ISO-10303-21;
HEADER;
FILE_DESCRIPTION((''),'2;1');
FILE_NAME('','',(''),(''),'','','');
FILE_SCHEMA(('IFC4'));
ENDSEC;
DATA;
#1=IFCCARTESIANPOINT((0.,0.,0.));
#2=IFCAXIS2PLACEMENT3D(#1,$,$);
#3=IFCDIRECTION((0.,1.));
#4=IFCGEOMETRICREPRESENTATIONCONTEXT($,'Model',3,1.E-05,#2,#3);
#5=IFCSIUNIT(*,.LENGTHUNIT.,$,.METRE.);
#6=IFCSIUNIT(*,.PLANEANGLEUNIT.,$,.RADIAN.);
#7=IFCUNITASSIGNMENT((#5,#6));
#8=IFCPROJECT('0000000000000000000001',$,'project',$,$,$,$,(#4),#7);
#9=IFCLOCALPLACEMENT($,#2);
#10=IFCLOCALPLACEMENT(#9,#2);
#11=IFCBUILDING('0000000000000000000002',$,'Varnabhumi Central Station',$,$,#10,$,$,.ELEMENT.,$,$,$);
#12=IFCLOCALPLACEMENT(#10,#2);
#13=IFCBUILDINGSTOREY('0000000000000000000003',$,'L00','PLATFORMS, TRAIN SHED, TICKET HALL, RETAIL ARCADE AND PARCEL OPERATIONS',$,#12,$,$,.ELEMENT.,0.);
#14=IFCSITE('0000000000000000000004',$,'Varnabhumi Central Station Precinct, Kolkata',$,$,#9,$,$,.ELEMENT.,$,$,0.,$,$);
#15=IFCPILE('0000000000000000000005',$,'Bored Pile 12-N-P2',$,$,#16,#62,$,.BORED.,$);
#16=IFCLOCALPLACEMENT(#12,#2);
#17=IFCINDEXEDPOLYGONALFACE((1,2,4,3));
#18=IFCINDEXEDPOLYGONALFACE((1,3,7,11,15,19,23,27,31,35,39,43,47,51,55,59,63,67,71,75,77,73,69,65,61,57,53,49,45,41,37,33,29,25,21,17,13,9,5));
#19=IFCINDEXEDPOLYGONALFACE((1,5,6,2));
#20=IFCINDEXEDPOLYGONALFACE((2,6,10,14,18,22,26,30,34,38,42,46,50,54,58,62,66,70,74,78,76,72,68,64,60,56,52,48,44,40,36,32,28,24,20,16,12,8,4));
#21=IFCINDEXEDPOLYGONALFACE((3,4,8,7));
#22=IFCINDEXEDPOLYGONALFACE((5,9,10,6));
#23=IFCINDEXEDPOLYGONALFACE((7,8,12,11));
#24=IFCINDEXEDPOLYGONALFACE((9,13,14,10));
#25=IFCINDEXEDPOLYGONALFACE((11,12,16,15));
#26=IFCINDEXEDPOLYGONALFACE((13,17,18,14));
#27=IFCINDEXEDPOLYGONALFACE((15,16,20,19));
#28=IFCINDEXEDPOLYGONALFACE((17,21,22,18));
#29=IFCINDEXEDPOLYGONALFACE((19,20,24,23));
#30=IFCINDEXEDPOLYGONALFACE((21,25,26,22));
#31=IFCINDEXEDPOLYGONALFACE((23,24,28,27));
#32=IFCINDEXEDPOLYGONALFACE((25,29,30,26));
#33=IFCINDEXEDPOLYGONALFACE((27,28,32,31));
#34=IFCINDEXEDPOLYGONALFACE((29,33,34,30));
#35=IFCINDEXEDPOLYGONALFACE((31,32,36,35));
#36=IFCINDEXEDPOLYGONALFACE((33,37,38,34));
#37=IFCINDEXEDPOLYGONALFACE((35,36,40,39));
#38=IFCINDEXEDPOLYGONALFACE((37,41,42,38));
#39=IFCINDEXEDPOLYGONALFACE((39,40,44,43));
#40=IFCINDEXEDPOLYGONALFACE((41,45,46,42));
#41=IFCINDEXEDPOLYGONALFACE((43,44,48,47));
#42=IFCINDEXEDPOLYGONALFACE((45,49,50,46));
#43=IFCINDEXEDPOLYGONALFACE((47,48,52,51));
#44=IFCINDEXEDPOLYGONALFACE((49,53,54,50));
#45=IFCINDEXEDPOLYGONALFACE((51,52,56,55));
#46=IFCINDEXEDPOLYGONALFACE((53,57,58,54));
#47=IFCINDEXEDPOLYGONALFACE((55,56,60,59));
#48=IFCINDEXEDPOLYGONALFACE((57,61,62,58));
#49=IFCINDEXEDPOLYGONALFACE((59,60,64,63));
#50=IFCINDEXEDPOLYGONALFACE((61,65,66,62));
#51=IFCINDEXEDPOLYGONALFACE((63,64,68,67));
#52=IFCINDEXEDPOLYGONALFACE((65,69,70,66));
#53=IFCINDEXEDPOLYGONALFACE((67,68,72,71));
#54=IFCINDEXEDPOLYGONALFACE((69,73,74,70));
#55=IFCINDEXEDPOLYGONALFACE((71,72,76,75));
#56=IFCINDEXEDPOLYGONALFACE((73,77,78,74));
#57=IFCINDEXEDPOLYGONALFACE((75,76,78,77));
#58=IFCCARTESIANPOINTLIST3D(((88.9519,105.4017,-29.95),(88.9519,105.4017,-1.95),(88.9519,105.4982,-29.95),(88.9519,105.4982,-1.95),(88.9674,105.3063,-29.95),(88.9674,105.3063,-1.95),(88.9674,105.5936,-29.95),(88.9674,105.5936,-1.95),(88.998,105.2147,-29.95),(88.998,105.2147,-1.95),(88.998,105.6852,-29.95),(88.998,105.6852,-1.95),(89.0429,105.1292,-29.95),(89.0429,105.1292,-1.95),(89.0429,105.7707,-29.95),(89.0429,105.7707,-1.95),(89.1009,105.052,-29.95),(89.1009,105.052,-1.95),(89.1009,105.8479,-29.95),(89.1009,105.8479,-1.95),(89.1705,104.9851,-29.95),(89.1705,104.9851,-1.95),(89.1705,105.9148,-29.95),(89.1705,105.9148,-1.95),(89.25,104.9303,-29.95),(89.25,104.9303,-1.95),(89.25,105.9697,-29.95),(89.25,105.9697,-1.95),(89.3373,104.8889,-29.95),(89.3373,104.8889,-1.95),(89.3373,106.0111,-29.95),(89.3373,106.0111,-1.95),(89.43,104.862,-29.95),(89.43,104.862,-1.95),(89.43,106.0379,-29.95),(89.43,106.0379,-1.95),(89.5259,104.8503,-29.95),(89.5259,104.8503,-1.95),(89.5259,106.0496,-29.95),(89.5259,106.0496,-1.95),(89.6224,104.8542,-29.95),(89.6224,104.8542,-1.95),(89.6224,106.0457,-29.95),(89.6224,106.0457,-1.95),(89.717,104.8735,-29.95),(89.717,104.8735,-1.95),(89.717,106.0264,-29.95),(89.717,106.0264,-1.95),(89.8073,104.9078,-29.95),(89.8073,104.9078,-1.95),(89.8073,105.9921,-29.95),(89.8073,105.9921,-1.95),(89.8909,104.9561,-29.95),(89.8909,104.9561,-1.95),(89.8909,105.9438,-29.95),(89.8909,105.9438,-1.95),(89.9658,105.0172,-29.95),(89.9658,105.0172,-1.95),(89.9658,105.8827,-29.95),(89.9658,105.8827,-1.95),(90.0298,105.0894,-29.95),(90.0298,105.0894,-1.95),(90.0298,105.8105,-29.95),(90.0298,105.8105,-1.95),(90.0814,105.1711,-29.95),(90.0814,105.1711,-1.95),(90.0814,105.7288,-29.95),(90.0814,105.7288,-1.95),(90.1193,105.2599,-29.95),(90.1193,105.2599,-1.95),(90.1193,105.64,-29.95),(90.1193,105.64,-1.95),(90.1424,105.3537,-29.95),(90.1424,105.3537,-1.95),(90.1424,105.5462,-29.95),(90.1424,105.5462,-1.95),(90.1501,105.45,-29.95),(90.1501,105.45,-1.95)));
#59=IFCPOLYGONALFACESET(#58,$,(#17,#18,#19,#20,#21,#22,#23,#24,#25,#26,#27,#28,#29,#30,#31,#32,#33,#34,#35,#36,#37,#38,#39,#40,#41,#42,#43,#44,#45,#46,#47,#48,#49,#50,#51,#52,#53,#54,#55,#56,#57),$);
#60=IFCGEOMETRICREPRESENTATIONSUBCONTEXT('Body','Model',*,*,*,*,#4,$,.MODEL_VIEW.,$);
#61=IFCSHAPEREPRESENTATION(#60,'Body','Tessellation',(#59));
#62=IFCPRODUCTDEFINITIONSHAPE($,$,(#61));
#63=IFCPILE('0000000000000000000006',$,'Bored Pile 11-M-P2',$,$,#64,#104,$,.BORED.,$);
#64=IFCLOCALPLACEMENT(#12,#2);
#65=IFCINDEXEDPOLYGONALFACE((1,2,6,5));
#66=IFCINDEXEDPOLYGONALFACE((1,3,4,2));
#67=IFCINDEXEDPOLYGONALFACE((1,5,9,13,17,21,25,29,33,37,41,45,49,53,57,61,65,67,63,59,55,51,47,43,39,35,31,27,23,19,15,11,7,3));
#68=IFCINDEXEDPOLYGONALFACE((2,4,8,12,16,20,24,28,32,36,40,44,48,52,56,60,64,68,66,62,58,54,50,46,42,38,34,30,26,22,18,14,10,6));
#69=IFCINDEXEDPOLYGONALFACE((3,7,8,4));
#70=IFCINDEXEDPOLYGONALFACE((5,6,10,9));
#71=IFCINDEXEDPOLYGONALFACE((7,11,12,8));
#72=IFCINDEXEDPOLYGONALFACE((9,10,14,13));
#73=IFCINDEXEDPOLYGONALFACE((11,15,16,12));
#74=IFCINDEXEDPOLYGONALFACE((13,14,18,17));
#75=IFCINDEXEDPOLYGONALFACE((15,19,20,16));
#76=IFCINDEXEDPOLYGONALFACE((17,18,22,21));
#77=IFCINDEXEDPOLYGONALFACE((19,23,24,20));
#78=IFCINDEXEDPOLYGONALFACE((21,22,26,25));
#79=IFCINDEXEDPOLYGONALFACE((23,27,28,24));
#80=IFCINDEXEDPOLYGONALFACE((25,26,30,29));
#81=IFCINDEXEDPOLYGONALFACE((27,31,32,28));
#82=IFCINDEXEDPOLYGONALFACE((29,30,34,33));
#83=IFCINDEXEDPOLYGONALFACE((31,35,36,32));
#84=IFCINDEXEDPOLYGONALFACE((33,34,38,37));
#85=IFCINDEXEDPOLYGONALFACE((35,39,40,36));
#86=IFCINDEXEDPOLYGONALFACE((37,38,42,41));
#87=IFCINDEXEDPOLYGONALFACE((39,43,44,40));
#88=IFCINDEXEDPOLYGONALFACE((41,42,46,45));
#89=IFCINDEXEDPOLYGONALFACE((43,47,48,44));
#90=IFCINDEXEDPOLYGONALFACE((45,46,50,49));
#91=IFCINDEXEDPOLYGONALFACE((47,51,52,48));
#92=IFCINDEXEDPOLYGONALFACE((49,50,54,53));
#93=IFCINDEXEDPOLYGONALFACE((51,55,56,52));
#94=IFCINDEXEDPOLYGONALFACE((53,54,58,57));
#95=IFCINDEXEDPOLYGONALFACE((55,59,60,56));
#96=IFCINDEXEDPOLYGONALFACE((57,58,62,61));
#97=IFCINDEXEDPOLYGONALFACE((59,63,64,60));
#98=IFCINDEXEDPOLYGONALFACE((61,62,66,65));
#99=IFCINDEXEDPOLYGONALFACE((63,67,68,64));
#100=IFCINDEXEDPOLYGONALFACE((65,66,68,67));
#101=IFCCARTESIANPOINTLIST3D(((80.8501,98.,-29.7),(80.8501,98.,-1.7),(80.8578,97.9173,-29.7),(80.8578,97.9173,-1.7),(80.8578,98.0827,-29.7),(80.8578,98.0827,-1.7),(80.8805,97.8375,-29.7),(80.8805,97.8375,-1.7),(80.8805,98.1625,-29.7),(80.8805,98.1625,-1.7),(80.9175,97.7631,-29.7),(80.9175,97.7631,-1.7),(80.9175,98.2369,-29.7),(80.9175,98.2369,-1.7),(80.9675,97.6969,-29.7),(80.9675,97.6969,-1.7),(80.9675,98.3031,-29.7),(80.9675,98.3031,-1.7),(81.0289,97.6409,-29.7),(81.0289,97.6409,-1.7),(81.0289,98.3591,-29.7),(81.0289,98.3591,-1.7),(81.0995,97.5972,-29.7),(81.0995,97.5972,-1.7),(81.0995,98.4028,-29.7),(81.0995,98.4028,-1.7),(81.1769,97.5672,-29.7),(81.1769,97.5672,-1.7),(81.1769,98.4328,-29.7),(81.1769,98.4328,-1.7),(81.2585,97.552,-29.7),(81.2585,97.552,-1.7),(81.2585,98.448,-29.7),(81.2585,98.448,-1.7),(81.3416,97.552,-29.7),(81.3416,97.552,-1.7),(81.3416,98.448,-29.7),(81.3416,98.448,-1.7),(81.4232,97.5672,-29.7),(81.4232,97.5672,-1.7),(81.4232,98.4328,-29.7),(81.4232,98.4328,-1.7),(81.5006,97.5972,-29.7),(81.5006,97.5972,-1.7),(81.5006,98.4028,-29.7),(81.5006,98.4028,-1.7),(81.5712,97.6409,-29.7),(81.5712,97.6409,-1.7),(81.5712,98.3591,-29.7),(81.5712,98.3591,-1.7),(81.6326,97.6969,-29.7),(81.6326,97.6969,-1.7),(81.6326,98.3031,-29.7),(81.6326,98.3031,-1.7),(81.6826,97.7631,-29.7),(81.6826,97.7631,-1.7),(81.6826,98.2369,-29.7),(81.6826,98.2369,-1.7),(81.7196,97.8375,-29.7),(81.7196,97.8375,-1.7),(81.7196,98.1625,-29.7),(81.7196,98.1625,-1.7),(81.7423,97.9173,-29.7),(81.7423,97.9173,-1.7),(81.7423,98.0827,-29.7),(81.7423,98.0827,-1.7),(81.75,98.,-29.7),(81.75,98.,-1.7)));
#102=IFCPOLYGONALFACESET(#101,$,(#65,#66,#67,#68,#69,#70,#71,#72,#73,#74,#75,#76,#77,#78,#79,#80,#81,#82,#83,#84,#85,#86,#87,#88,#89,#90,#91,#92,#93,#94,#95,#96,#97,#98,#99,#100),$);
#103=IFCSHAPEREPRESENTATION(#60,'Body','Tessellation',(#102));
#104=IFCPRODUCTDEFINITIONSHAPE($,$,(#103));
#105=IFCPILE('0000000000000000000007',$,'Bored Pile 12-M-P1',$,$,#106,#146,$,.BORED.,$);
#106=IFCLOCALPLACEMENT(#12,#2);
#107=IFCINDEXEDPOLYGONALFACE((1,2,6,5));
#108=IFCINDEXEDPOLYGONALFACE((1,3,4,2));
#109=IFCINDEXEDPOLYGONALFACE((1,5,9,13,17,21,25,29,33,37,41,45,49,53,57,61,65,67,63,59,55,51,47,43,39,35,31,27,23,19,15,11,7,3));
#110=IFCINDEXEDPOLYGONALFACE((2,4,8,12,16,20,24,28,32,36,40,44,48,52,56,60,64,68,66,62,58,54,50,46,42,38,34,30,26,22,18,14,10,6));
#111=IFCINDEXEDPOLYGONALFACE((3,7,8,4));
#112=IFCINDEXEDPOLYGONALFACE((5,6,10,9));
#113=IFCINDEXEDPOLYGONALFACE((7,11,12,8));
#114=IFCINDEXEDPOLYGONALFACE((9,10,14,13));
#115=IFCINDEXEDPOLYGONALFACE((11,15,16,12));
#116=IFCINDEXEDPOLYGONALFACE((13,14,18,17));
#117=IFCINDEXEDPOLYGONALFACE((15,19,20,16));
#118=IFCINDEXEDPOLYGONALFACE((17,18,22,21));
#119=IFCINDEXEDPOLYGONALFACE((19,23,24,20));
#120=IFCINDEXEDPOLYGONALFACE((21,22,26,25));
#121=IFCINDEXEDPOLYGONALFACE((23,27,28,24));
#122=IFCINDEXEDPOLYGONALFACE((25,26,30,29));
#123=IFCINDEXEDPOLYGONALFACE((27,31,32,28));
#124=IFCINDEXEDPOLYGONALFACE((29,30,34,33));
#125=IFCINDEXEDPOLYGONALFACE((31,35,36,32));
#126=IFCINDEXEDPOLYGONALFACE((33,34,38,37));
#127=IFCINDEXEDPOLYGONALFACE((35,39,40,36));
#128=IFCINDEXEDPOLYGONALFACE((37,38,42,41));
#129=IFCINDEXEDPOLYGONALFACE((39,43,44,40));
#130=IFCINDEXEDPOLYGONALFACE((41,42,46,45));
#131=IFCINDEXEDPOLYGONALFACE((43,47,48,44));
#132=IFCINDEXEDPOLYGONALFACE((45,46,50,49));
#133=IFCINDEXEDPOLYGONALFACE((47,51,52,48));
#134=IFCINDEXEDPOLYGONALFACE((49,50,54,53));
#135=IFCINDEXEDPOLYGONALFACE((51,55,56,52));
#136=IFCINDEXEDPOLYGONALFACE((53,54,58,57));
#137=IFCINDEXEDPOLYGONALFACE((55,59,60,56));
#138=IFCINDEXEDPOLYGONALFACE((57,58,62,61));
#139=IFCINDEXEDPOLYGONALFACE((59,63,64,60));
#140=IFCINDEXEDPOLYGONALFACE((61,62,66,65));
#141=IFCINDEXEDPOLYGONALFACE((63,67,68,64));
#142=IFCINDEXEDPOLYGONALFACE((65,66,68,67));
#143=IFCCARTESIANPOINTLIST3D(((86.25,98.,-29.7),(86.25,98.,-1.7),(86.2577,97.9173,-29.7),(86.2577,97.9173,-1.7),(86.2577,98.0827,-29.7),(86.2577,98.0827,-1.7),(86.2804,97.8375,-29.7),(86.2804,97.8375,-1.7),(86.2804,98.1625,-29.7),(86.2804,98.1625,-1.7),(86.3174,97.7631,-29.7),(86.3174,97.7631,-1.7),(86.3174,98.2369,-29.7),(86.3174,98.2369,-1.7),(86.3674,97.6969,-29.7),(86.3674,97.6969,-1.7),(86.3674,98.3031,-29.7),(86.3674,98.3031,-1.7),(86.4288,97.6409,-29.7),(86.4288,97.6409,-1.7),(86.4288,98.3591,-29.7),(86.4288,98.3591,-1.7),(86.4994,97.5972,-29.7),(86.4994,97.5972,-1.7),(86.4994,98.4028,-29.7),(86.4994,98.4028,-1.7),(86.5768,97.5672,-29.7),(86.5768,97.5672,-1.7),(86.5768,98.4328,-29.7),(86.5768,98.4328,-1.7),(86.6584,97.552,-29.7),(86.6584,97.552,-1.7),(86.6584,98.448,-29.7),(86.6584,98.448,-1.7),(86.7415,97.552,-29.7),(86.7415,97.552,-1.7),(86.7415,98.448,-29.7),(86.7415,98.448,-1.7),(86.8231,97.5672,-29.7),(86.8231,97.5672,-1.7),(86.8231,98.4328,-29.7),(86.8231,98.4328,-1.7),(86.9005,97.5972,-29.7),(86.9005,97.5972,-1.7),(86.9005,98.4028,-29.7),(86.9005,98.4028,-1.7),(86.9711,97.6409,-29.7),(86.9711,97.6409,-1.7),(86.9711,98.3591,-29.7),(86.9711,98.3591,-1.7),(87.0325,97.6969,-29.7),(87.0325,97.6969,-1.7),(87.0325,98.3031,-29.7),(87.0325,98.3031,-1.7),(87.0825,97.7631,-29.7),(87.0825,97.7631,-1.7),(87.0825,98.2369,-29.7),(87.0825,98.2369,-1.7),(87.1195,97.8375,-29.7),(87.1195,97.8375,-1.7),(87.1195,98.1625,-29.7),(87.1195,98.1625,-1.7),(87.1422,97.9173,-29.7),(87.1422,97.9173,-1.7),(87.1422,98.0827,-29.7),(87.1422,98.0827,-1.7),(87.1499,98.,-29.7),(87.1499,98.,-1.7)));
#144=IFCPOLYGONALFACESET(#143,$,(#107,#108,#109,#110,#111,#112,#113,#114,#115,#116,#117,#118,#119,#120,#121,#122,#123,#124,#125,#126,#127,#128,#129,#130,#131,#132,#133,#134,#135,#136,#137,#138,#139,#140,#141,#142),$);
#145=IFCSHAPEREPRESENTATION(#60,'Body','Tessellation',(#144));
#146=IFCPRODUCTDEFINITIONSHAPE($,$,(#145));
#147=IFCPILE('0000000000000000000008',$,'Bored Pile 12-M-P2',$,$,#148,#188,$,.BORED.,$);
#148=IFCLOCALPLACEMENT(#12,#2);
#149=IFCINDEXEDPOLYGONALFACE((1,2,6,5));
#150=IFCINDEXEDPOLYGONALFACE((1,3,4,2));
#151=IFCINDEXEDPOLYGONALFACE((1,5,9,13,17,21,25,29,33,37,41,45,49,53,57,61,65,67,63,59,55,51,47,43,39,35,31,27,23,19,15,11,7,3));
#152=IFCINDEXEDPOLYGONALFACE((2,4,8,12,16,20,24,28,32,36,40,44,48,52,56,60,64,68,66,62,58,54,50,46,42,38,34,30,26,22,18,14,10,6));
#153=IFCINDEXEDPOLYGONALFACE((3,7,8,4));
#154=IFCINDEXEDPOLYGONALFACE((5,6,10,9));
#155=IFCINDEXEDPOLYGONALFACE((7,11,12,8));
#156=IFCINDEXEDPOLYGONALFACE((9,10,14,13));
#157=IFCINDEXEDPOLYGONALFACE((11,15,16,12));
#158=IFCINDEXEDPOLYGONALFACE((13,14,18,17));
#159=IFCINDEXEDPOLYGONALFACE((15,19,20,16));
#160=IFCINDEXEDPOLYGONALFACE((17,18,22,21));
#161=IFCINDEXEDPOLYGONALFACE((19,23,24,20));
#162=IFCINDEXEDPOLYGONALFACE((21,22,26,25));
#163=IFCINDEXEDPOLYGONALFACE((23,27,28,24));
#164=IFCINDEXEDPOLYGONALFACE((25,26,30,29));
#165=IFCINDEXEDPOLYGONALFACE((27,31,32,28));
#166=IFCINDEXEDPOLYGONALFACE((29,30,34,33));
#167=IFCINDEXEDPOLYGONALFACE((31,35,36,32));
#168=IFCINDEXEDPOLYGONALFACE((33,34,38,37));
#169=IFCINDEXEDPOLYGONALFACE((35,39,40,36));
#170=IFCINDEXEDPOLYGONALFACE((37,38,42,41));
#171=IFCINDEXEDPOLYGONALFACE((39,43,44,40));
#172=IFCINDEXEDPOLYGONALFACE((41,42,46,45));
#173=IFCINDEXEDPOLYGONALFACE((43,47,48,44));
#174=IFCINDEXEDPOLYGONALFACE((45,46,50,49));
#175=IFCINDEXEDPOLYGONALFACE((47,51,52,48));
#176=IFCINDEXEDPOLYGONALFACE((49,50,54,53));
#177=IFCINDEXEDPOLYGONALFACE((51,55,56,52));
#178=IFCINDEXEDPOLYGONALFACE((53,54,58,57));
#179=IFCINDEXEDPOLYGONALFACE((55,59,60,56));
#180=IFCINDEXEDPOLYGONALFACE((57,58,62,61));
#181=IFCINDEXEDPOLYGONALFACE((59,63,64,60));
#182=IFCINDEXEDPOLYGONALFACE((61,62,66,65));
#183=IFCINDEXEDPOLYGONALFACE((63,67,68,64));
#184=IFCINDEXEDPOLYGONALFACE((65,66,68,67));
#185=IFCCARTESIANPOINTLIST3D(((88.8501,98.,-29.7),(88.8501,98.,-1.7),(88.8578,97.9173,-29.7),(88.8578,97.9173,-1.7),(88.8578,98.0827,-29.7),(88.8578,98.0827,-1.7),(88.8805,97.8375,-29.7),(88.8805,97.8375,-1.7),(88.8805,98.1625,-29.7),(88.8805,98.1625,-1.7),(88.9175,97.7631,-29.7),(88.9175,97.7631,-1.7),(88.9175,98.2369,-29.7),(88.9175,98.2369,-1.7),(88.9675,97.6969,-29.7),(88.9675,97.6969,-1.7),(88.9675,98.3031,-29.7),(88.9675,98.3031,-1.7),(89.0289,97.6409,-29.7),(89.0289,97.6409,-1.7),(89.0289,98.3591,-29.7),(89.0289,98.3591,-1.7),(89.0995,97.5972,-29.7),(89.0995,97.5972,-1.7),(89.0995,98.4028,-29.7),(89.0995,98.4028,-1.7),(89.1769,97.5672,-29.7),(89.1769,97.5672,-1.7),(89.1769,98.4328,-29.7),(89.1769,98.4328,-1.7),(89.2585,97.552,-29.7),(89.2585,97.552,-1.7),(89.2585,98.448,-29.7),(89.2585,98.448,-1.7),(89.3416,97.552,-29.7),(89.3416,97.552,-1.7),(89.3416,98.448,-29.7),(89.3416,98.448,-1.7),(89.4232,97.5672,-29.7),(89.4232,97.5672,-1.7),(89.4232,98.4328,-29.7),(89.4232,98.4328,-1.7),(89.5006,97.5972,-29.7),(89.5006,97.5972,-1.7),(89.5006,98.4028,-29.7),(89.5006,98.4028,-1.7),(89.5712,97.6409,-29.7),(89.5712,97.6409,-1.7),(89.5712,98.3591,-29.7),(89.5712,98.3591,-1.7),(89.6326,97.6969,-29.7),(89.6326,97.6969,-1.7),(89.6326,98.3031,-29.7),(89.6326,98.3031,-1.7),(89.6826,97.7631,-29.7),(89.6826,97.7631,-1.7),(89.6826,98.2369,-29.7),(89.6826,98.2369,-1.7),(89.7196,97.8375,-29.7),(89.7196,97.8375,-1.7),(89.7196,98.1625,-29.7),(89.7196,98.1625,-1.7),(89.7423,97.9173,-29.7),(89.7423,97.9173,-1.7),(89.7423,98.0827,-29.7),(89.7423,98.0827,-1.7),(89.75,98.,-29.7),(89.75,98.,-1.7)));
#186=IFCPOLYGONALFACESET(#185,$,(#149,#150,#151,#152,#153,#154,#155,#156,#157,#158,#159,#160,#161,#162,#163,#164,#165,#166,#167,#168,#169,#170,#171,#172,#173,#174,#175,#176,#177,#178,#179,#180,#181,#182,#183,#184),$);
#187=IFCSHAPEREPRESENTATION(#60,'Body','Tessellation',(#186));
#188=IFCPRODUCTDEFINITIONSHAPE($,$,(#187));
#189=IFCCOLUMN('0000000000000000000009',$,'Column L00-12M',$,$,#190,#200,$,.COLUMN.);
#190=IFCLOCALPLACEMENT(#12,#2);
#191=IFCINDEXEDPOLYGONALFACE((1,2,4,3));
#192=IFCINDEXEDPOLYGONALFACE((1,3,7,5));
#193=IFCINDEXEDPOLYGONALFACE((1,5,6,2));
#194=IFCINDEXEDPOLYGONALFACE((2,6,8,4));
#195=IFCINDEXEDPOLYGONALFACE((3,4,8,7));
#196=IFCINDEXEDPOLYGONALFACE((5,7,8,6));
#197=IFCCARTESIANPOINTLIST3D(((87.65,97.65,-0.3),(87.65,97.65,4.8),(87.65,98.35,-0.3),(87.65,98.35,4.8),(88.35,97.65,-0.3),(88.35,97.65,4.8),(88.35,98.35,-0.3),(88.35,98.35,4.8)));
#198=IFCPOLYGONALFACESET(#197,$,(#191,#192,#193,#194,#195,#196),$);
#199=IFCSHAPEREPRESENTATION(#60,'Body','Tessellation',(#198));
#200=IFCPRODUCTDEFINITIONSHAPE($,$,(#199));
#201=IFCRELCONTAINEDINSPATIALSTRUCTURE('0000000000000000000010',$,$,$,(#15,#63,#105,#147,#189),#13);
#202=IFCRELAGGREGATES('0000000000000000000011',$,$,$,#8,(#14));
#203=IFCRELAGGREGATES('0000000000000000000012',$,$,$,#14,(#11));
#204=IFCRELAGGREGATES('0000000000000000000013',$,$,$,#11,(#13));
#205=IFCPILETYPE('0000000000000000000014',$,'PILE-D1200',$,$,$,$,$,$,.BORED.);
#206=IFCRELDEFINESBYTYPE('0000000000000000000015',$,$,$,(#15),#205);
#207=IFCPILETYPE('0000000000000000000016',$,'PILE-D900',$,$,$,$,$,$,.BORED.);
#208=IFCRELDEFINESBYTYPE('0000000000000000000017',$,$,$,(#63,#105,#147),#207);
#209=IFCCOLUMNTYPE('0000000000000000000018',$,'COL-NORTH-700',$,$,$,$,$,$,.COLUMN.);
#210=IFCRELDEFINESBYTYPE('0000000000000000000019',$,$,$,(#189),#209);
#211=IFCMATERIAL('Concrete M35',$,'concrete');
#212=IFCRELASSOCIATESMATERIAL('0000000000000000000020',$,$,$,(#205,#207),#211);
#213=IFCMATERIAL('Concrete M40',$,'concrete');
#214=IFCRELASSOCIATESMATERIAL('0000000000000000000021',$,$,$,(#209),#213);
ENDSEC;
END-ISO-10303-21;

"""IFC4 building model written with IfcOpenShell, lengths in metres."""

from ifc_helpers import new_model, si_unit, direction, frame, origin, origin_2d, place, context, subcontext, project, spatial, rectangle, circle, extrude, material, material_profile, profile_set, type_object, element, save


model = new_model("IFC4")

# Units and contexts
model_context = context("Model", 3, precision=1e-05, world=origin(), true_north=direction((0.0, 1.0)))
body_context = subcontext(model_context, "Body", "Model", "MODEL_VIEW")
ifc_project = project(units=[si_unit("LENGTHUNIT", "METRE"), si_unit("PLANEANGLEUNIT", "RADIAN")], contexts=[model_context])

# Site, building, storey
site_placement = place(None, origin())
site = spatial("IfcSite", under=ifc_project, at=site_placement, Name="Varnabhumi Central Station Precinct, Kolkata", CompositionType="ELEMENT", RefElevation=0.0)
building_placement = place(site_placement, origin())
building = spatial("IfcBuilding", under=site, at=building_placement, Name="Varnabhumi Central Station", CompositionType="ELEMENT")
storey_placement = place(building_placement, origin())
storey = spatial("IfcBuildingStorey", under=building, at=storey_placement, Name="L00", Description="PLATFORMS, TRAIN SHED, TICKET HALL, RETAIL ARCADE AND PARCEL OPERATIONS", CompositionType="ELEMENT", Elevation=0.0)

# Shared definitions
ifc_material_1 = material(Name="Concrete M40", Category="concrete")

# Piles
ifc_material_2 = material(Name="Concrete M35", Category="concrete")
ifc_material_profile_1 = material_profile(ifc_material_2, circle(Radius=0.6001, at=origin_2d()), Name="Concrete M35", Category="concrete")
ifc_profile_set_1 = profile_set([ifc_material_profile_1], Name="Concrete M35")
pile_type_1 = type_object("IfcPileType", Name="PILE-D1200", PredefinedType="BORED", material=ifc_profile_set_1)
for number, where, z_axis, x_axis, name in (
    (1, (89.55, 105.45, -1.95), (0.0, 0.0, -1.0), (1.0, 0.0, 0.0), "Bored Pile 12-N-P2"),
):
    element("IfcPile", number, at=place(storey_placement, frame(where, z_axis=z_axis, x_axis=x_axis)), inside=storey, type_object=pile_type_1, Name=name, PredefinedType="BORED", context=body_context, shape_type="SweptSolid", body=[
        extrude(circle(Radius=0.6001, at=origin_2d()), origin(), (0.0, 0.0, 1.0), 28.0),
    ])
ifc_material_profile_2 = material_profile(ifc_material_2, circle(Radius=0.45, at=origin_2d()), Name="Concrete M35", Category="concrete")
ifc_profile_set_2 = profile_set([ifc_material_profile_2], Name="Concrete M35")
pile_type_2 = type_object("IfcPileType", Name="PILE-D900", PredefinedType="BORED", material=ifc_profile_set_2)
for number, where, z_axis, x_axis, name in (
    (2, (81.3, 98.0, -1.7), (0.0, 0.0, -1.0), (1.0, 0.0, 0.0), "Bored Pile 11-M-P2"),
    (3, (86.7, 98.0, -1.7), (0.0, 0.0, -1.0), (1.0, 0.0, 0.0), "Bored Pile 12-M-P1"),
    (4, (89.3, 98.0, -1.7), (0.0, 0.0, -1.0), (1.0, 0.0, 0.0), "Bored Pile 12-M-P2"),
):
    element("IfcPile", number, at=place(storey_placement, frame(where, z_axis=z_axis, x_axis=x_axis)), inside=storey, type_object=pile_type_2, Name=name, PredefinedType="BORED", context=body_context, shape_type="SweptSolid", body=[
        extrude(circle(Radius=0.45, at=origin_2d()), origin(), (0.0, 0.0, 1.0), 28.0),
    ])

# Column
ifc_material_profile_3 = material_profile(ifc_material_1, rectangle(XDim=0.7, YDim=0.7, at=origin_2d()), Name="Concrete M40", Category="concrete")
ifc_profile_set_3 = profile_set([ifc_material_profile_3], Name="Concrete M40")
column_type = type_object("IfcColumnType", Name="COL-NORTH-700", PredefinedType="COLUMN", material=ifc_profile_set_3)
for number, where, z_axis, x_axis, name in (
    (5, (88.0, 98.0, -0.3), (0.0, 0.0, 1.0), (1.0, 0.0, 0.0), "Column L00-12M"),
):
    element("IfcColumn", number, at=place(storey_placement, frame(where, z_axis=z_axis, x_axis=x_axis)), inside=storey, type_object=column_type, Name=name, PredefinedType="COLUMN", context=body_context, shape_type="SweptSolid", body=[
        extrude(rectangle(XDim=0.7, YDim=0.7, at=origin_2d()), origin(), (0.0, 0.0, 1.0), 5.1001),
    ])

save(model, "model.ifc")
